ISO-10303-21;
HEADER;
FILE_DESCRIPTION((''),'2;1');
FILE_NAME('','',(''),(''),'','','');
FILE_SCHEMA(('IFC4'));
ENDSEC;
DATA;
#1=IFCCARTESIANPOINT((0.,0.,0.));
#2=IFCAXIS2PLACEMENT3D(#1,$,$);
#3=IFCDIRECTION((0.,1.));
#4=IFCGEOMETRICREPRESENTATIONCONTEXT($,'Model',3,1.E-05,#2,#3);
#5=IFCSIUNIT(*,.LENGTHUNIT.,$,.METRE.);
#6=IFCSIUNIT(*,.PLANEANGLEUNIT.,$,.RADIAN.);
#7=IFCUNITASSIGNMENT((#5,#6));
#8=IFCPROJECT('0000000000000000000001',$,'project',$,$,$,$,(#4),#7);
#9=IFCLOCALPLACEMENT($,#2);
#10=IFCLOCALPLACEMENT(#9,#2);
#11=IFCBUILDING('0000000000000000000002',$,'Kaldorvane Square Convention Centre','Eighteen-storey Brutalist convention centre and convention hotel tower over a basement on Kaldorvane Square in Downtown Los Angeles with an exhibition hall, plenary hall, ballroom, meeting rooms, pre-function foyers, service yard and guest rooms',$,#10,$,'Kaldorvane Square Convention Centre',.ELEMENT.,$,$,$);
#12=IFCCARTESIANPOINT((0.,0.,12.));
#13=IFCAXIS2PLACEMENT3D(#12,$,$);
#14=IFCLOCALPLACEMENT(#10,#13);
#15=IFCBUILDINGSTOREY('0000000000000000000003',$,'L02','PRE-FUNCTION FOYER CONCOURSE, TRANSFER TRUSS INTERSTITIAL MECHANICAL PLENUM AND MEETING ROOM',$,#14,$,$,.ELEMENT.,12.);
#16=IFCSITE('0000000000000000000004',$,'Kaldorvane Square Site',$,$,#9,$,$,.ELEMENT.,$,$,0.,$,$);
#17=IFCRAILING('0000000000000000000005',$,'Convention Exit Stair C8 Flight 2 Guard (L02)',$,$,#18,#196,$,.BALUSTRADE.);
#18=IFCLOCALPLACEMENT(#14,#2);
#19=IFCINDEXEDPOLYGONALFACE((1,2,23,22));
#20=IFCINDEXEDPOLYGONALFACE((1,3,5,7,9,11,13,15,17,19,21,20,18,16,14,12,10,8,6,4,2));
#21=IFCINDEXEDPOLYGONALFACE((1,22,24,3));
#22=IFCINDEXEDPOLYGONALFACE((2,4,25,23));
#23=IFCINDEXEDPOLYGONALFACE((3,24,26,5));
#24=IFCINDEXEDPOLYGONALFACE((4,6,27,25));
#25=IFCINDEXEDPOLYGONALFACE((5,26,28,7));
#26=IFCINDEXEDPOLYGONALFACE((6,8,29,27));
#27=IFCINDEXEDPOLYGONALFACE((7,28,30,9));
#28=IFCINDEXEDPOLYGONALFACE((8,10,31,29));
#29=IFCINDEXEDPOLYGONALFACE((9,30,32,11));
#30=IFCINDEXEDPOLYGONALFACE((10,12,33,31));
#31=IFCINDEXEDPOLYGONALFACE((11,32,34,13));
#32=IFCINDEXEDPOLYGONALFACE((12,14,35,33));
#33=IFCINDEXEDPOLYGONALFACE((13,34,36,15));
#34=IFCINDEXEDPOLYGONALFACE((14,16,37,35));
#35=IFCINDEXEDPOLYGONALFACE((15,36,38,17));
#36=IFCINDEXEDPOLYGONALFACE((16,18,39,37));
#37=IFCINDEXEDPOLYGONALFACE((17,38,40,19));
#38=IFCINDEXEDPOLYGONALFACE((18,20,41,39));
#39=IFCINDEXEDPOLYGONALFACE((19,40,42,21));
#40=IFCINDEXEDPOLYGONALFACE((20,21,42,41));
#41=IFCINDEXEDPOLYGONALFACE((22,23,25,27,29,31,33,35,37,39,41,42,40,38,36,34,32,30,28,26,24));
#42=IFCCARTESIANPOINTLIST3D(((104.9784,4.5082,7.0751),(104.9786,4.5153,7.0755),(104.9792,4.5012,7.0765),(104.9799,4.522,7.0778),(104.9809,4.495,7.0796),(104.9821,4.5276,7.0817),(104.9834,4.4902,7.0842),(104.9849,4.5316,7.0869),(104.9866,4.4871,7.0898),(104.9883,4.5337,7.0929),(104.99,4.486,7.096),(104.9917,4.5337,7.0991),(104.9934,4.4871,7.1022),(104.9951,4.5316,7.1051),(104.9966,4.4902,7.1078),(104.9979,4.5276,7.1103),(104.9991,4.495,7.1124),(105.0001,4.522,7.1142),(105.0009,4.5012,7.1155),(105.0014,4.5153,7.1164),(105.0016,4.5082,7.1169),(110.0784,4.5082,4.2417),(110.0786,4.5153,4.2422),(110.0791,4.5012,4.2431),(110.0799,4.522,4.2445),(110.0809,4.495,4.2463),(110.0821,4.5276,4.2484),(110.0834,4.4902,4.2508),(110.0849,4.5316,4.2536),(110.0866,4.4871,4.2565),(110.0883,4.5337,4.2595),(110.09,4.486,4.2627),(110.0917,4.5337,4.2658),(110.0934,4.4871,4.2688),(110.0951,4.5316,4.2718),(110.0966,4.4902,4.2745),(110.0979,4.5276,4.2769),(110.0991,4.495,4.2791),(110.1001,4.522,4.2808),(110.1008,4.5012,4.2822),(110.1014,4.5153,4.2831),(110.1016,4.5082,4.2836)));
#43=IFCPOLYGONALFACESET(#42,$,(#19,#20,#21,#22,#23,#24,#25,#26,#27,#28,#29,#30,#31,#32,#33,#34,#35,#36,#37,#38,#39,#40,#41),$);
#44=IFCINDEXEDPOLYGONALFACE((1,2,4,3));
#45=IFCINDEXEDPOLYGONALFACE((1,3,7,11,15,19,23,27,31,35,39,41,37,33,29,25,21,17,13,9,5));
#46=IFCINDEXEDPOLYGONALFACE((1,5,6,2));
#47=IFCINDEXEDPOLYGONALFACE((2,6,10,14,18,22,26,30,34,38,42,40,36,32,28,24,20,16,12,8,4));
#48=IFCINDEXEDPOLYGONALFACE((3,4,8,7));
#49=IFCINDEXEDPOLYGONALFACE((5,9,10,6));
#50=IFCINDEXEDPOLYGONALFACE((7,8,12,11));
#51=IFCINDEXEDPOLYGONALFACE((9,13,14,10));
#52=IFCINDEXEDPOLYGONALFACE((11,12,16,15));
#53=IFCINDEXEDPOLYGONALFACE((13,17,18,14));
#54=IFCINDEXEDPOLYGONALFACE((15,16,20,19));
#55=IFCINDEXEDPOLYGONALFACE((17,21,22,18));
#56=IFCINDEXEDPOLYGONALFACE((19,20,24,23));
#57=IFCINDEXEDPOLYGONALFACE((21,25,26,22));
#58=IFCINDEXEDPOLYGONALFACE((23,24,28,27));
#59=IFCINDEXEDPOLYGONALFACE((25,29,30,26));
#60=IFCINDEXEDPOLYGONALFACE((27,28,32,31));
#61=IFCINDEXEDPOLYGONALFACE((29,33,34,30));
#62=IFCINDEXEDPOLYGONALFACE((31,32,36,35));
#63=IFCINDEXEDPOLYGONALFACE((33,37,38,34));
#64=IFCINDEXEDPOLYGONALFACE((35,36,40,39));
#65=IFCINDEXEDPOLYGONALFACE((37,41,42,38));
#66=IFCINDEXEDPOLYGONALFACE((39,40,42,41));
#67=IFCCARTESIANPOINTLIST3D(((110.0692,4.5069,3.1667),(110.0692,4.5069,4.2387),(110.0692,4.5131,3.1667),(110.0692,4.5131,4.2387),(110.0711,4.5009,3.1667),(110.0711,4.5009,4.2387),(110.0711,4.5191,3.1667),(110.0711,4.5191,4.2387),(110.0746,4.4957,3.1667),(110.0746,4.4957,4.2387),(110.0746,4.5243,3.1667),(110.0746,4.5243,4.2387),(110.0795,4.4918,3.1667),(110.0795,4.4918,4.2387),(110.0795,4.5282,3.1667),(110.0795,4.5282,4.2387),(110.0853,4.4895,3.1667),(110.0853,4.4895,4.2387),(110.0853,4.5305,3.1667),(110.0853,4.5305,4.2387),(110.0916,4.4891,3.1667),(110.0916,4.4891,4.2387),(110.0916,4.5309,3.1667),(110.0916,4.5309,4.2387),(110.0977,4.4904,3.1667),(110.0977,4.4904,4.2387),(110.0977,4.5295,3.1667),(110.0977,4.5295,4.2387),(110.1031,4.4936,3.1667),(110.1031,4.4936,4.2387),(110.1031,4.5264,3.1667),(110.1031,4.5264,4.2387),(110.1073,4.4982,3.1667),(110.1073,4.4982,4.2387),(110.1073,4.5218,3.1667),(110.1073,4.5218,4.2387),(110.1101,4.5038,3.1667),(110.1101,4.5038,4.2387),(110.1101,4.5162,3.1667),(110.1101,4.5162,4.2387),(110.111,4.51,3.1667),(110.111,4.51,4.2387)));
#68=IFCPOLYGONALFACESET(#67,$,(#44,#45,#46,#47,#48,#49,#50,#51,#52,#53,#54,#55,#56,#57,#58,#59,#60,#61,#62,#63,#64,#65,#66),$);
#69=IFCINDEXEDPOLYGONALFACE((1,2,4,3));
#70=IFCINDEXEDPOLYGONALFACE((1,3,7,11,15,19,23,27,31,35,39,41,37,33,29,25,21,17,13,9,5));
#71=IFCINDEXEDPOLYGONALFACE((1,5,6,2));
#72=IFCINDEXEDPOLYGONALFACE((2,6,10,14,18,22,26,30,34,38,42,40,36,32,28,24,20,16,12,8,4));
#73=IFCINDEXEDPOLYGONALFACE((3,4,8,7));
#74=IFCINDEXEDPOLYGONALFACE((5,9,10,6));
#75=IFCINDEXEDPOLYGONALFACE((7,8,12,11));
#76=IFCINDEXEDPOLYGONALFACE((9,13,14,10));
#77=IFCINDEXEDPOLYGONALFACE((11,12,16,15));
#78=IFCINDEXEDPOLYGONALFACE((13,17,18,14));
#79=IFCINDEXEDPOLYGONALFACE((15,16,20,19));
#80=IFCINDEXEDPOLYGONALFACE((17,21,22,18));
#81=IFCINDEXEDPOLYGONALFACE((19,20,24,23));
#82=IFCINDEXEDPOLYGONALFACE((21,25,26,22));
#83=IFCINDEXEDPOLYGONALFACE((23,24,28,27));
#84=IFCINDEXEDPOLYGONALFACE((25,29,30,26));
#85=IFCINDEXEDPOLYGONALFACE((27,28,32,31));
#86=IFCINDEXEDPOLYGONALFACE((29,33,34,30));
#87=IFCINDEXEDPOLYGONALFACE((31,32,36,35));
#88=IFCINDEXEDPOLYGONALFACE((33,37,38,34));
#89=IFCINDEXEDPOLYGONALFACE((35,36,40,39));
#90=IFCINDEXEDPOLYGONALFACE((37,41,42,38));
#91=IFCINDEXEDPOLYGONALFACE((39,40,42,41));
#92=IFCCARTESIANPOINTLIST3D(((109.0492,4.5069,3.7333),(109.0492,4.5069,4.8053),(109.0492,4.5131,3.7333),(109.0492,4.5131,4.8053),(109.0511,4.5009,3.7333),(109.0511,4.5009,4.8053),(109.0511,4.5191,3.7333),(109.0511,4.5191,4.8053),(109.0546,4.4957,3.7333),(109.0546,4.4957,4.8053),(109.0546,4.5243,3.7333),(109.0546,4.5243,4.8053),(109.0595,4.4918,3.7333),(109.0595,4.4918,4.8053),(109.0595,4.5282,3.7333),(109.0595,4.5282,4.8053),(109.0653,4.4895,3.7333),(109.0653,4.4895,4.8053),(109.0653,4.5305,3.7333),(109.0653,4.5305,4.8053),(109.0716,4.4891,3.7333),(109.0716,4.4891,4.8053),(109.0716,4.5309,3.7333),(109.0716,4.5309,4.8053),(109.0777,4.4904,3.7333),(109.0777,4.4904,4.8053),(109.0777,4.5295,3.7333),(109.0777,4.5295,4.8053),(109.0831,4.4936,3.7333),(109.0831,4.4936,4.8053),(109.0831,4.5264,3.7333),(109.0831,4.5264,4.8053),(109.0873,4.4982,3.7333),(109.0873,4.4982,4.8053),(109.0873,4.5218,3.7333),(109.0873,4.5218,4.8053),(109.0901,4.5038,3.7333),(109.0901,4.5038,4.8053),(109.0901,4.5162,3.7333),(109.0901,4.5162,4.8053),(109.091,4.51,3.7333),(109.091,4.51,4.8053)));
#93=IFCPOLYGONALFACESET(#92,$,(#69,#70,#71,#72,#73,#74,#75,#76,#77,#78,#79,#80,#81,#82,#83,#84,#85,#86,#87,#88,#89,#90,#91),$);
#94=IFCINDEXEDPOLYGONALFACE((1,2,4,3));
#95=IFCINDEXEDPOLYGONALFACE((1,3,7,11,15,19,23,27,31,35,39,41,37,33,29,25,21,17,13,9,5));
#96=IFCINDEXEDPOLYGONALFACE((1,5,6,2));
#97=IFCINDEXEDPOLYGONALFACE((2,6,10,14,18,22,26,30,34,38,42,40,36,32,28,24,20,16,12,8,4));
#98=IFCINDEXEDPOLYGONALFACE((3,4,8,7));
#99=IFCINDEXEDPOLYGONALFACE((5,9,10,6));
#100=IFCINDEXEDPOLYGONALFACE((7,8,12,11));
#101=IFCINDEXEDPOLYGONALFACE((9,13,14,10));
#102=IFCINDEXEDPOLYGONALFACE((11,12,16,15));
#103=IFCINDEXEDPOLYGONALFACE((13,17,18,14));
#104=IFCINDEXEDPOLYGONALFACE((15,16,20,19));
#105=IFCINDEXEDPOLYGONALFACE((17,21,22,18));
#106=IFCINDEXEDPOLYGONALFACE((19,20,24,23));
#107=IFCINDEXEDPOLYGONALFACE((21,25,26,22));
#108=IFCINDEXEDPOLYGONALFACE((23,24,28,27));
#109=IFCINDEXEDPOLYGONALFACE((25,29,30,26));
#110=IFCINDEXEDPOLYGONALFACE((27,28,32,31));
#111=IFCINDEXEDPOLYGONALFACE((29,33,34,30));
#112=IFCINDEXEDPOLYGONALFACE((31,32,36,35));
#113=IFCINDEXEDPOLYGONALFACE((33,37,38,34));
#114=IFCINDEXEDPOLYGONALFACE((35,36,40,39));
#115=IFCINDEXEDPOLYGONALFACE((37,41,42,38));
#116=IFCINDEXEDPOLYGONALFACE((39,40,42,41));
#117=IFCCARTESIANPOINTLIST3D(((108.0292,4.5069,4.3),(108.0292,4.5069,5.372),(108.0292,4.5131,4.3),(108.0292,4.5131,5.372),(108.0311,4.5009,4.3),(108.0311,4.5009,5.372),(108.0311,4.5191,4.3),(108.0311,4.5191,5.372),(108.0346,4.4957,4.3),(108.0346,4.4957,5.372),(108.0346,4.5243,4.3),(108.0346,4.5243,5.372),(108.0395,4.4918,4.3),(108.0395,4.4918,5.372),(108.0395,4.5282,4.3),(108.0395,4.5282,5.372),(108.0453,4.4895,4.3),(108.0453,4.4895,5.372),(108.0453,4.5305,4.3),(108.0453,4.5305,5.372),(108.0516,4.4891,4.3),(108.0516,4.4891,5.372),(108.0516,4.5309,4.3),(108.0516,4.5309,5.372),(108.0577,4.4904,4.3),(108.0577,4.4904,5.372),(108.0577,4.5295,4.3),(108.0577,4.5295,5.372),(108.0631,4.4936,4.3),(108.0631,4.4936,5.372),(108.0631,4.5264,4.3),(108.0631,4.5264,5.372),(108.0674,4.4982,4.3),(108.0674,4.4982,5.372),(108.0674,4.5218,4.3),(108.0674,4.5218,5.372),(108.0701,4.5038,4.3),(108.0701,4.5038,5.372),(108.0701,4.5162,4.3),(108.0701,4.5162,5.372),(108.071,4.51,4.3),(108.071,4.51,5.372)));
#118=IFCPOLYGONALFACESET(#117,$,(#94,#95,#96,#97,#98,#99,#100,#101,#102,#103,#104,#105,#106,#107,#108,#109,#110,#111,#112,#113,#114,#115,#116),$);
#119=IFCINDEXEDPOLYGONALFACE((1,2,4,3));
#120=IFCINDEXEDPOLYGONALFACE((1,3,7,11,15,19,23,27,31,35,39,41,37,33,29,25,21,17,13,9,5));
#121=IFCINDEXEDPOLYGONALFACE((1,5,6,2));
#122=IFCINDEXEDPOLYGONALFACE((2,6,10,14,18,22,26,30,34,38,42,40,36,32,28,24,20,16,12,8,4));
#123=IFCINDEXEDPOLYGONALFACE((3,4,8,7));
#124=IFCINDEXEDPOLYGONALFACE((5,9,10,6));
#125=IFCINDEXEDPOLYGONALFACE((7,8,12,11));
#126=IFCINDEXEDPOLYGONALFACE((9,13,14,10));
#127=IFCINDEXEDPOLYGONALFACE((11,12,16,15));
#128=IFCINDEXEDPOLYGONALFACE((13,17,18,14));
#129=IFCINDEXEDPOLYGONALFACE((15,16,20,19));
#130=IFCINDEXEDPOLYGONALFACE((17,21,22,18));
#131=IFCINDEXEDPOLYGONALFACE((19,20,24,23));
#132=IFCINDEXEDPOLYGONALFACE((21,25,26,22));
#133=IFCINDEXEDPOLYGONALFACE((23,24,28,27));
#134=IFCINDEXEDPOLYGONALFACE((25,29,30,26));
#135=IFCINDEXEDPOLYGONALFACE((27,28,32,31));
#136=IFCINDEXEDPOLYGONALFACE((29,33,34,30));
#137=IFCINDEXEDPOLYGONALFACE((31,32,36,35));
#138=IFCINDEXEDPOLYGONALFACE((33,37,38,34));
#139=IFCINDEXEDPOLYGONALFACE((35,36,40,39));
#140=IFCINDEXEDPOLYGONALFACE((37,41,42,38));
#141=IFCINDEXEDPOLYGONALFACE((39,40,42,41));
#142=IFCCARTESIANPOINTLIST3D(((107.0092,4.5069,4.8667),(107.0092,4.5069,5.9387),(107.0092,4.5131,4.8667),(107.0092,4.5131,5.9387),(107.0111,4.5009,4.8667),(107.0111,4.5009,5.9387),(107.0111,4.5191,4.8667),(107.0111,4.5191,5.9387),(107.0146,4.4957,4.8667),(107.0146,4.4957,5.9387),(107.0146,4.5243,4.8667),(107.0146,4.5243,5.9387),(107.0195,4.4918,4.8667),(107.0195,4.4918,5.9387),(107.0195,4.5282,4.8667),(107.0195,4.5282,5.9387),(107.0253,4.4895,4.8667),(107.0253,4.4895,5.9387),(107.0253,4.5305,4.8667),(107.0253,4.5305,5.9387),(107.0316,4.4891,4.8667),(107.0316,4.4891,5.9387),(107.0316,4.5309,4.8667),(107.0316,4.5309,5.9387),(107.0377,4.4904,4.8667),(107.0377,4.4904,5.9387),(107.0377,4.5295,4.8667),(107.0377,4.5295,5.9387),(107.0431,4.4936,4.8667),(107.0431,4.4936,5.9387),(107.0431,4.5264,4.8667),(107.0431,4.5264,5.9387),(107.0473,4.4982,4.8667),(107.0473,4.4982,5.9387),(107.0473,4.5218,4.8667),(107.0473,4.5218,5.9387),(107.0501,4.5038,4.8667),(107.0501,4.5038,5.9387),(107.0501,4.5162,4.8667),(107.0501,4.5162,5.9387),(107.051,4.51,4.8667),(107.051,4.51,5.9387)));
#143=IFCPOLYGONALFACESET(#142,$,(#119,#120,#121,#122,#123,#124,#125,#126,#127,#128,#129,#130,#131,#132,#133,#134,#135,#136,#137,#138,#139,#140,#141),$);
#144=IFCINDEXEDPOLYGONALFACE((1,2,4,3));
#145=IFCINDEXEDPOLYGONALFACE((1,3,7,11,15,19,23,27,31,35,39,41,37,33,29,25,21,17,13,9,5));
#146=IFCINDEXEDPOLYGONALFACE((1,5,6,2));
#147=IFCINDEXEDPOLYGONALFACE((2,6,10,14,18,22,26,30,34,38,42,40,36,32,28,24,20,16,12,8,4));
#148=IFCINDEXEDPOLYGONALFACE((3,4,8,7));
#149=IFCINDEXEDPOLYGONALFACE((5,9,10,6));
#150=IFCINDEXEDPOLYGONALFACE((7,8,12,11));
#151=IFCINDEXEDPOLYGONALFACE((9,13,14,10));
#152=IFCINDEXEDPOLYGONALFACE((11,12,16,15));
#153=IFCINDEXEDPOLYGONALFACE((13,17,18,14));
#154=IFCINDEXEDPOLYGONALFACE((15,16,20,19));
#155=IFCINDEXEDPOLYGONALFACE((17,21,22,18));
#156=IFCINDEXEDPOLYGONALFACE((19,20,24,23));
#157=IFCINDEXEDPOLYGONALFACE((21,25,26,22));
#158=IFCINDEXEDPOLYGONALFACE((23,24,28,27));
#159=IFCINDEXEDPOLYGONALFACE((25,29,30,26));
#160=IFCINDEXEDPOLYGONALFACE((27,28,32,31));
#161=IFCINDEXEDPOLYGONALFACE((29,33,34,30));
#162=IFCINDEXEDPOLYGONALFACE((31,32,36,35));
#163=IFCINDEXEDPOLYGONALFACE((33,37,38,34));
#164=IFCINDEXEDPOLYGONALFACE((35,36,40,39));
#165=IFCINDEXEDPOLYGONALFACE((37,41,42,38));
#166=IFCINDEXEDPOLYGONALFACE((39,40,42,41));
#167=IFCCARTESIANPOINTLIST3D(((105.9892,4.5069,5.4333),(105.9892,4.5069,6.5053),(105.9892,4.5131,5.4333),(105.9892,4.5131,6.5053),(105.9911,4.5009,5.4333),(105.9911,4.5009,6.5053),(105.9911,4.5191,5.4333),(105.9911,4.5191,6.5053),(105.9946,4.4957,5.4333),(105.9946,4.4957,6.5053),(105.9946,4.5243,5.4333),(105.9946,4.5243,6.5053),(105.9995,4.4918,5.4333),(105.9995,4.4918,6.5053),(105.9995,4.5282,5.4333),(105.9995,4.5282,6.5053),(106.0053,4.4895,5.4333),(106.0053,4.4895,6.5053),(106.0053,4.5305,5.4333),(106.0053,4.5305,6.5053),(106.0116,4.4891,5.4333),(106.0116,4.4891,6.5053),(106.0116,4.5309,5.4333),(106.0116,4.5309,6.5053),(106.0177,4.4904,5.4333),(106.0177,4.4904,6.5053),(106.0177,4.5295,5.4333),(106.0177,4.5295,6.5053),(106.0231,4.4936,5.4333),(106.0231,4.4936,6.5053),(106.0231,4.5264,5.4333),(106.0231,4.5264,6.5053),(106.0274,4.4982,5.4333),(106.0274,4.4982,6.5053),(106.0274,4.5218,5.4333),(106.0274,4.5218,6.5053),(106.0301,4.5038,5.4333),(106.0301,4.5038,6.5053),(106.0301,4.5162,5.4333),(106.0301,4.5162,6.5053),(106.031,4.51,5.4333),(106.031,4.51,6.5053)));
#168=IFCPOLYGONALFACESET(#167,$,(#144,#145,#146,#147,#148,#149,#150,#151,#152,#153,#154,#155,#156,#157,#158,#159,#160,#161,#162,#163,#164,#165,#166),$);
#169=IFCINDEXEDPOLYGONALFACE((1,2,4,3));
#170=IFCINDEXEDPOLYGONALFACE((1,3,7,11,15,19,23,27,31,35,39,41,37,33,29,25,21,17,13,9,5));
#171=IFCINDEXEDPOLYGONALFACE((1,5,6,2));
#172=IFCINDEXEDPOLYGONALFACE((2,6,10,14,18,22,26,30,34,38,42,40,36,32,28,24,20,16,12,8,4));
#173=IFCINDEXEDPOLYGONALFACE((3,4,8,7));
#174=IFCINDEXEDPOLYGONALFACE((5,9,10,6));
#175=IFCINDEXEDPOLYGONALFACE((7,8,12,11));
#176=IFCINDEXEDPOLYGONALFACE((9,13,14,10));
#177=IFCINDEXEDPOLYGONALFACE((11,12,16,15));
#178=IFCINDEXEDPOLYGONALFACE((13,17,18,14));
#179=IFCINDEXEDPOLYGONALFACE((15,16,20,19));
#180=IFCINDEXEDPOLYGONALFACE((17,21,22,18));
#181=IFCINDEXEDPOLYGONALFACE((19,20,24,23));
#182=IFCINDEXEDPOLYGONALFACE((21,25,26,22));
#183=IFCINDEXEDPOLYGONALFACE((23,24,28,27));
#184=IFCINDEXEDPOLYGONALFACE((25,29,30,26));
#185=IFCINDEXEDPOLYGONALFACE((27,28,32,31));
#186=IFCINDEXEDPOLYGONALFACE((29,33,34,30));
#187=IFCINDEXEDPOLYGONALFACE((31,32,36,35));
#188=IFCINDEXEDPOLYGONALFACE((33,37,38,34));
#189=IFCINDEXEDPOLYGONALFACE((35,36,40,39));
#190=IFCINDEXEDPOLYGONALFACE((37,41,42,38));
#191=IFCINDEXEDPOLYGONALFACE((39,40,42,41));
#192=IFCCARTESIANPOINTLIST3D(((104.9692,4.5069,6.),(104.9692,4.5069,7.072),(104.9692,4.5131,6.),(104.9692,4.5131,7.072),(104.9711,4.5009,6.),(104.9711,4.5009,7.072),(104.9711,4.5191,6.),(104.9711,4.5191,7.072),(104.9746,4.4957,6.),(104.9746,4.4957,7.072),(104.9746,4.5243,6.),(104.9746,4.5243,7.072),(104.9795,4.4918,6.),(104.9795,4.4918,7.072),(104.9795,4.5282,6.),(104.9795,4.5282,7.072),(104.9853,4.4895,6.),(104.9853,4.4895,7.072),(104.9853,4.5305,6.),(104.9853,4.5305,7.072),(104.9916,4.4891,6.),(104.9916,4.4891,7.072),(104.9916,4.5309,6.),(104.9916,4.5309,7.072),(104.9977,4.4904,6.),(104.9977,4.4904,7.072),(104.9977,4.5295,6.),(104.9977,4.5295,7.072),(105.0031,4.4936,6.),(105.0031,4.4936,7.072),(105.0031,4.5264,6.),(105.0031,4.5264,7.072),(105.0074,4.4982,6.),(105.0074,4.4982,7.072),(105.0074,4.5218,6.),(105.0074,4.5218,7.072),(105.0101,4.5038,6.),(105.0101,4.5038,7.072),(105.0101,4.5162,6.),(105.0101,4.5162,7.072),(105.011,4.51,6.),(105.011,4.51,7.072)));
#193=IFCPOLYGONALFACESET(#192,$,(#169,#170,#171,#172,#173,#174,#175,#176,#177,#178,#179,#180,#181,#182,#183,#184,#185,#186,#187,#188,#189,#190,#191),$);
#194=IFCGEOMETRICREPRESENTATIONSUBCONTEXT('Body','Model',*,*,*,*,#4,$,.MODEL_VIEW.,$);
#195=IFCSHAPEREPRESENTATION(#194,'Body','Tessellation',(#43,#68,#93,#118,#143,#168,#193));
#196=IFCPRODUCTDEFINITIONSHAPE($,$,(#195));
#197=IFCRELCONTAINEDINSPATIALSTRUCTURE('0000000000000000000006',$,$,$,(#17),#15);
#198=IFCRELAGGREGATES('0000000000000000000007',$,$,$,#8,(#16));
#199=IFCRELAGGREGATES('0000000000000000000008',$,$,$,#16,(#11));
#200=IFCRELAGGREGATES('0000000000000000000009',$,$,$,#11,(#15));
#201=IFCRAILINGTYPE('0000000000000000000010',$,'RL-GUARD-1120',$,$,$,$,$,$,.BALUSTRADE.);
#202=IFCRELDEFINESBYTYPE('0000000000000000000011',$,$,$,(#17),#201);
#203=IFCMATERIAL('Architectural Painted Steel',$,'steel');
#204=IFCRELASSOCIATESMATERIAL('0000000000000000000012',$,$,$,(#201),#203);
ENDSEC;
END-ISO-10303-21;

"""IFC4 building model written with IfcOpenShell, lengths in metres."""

from ifc_helpers import new_model, si_unit, direction, frame, origin, origin_2d, place, context, subcontext, project, spatial, circle, extrude, material, type_object, element, save


model = new_model("IFC4")

# Units and contexts
model_context = context("Model", 3, precision=1e-05, world=origin(), true_north=direction((0.0, 1.0)))
body_context = subcontext(model_context, "Body", "Model", "MODEL_VIEW")
ifc_project = project(units=[si_unit("LENGTHUNIT", "METRE"), si_unit("PLANEANGLEUNIT", "RADIAN")], contexts=[model_context])

# Site, building, storey
site_placement = place(None, origin())
site = spatial("IfcSite", under=ifc_project, at=site_placement, Name="Kaldorvane Square Site", CompositionType="ELEMENT", RefElevation=0.0)
building_placement = place(site_placement, origin())
building = spatial("IfcBuilding", under=site, at=building_placement, Name="Kaldorvane Square Convention Centre", Description="Eighteen-storey Brutalist convention centre and convention hotel tower over a basement on Kaldorvane Square in Downtown Los Angeles with an exhibition hall, plenary hall, ballroom, meeting rooms, pre-function foyers, service yard and guest rooms", LongName="Kaldorvane Square Convention Centre", CompositionType="ELEMENT")
storey_placement = place(building_placement, frame((0.0, 0.0, 12.0)))
storey = spatial("IfcBuildingStorey", under=building, at=storey_placement, Name="L02", Description="PRE-FUNCTION FOYER CONCOURSE, TRANSFER TRUSS INTERSTITIAL MECHANICAL PLENUM AND MEETING ROOM", CompositionType="ELEMENT", Elevation=12.0)

# Railing
ifc_material_1 = material(Name="Architectural Painted Steel", Category="steel")
railing_type_1 = type_object("IfcRailingType", Name="RL-GUARD-1120", PredefinedType="BALUSTRADE", material=ifc_material_1)
railing_1_placement = place(storey_placement, frame((110.09, 4.51, 3.1667)))
element("IfcRailing", 1, at=railing_1_placement, inside=storey, type_object=railing_type_1, Name="Convention Exit Stair C8 Flight 2 Guard (L02)", PredefinedType="BALUSTRADE", context=body_context, shape_type="SweptSolid", body=[
    extrude(circle(Radius=0.024, at=origin_2d()), frame((0.0, 0.0, 1.096), z_axis=(-0.874157, 0.0, 0.485643), x_axis=(0.0, -1.0, 0.0)), (0.0, 0.0, 1.0), 5.8342),
    extrude(circle(Radius=0.021, at=origin_2d()), origin(), (0.0, 0.0, 1.0), 1.072),
    extrude(circle(Radius=0.021, at=origin_2d()), frame((-1.02, 0.0, 0.5667)), (0.0, 0.0, 1.0), 1.072),
    extrude(circle(Radius=0.021, at=origin_2d()), frame((-2.04, 0.0, 1.1333)), (0.0, 0.0, 1.0), 1.072),
    extrude(circle(Radius=0.021, at=origin_2d()), frame((-3.06, 0.0, 1.7)), (0.0, 0.0, 1.0), 1.072),
    extrude(circle(Radius=0.021, at=origin_2d()), frame((-4.08, 0.0, 2.2667)), (0.0, 0.0, 1.0), 1.072),
    extrude(circle(Radius=0.021, at=origin_2d()), frame((-5.1, 0.0, 2.8333)), (0.0, 0.0, 1.0), 1.072),
])

save(model, "model.ifc")
